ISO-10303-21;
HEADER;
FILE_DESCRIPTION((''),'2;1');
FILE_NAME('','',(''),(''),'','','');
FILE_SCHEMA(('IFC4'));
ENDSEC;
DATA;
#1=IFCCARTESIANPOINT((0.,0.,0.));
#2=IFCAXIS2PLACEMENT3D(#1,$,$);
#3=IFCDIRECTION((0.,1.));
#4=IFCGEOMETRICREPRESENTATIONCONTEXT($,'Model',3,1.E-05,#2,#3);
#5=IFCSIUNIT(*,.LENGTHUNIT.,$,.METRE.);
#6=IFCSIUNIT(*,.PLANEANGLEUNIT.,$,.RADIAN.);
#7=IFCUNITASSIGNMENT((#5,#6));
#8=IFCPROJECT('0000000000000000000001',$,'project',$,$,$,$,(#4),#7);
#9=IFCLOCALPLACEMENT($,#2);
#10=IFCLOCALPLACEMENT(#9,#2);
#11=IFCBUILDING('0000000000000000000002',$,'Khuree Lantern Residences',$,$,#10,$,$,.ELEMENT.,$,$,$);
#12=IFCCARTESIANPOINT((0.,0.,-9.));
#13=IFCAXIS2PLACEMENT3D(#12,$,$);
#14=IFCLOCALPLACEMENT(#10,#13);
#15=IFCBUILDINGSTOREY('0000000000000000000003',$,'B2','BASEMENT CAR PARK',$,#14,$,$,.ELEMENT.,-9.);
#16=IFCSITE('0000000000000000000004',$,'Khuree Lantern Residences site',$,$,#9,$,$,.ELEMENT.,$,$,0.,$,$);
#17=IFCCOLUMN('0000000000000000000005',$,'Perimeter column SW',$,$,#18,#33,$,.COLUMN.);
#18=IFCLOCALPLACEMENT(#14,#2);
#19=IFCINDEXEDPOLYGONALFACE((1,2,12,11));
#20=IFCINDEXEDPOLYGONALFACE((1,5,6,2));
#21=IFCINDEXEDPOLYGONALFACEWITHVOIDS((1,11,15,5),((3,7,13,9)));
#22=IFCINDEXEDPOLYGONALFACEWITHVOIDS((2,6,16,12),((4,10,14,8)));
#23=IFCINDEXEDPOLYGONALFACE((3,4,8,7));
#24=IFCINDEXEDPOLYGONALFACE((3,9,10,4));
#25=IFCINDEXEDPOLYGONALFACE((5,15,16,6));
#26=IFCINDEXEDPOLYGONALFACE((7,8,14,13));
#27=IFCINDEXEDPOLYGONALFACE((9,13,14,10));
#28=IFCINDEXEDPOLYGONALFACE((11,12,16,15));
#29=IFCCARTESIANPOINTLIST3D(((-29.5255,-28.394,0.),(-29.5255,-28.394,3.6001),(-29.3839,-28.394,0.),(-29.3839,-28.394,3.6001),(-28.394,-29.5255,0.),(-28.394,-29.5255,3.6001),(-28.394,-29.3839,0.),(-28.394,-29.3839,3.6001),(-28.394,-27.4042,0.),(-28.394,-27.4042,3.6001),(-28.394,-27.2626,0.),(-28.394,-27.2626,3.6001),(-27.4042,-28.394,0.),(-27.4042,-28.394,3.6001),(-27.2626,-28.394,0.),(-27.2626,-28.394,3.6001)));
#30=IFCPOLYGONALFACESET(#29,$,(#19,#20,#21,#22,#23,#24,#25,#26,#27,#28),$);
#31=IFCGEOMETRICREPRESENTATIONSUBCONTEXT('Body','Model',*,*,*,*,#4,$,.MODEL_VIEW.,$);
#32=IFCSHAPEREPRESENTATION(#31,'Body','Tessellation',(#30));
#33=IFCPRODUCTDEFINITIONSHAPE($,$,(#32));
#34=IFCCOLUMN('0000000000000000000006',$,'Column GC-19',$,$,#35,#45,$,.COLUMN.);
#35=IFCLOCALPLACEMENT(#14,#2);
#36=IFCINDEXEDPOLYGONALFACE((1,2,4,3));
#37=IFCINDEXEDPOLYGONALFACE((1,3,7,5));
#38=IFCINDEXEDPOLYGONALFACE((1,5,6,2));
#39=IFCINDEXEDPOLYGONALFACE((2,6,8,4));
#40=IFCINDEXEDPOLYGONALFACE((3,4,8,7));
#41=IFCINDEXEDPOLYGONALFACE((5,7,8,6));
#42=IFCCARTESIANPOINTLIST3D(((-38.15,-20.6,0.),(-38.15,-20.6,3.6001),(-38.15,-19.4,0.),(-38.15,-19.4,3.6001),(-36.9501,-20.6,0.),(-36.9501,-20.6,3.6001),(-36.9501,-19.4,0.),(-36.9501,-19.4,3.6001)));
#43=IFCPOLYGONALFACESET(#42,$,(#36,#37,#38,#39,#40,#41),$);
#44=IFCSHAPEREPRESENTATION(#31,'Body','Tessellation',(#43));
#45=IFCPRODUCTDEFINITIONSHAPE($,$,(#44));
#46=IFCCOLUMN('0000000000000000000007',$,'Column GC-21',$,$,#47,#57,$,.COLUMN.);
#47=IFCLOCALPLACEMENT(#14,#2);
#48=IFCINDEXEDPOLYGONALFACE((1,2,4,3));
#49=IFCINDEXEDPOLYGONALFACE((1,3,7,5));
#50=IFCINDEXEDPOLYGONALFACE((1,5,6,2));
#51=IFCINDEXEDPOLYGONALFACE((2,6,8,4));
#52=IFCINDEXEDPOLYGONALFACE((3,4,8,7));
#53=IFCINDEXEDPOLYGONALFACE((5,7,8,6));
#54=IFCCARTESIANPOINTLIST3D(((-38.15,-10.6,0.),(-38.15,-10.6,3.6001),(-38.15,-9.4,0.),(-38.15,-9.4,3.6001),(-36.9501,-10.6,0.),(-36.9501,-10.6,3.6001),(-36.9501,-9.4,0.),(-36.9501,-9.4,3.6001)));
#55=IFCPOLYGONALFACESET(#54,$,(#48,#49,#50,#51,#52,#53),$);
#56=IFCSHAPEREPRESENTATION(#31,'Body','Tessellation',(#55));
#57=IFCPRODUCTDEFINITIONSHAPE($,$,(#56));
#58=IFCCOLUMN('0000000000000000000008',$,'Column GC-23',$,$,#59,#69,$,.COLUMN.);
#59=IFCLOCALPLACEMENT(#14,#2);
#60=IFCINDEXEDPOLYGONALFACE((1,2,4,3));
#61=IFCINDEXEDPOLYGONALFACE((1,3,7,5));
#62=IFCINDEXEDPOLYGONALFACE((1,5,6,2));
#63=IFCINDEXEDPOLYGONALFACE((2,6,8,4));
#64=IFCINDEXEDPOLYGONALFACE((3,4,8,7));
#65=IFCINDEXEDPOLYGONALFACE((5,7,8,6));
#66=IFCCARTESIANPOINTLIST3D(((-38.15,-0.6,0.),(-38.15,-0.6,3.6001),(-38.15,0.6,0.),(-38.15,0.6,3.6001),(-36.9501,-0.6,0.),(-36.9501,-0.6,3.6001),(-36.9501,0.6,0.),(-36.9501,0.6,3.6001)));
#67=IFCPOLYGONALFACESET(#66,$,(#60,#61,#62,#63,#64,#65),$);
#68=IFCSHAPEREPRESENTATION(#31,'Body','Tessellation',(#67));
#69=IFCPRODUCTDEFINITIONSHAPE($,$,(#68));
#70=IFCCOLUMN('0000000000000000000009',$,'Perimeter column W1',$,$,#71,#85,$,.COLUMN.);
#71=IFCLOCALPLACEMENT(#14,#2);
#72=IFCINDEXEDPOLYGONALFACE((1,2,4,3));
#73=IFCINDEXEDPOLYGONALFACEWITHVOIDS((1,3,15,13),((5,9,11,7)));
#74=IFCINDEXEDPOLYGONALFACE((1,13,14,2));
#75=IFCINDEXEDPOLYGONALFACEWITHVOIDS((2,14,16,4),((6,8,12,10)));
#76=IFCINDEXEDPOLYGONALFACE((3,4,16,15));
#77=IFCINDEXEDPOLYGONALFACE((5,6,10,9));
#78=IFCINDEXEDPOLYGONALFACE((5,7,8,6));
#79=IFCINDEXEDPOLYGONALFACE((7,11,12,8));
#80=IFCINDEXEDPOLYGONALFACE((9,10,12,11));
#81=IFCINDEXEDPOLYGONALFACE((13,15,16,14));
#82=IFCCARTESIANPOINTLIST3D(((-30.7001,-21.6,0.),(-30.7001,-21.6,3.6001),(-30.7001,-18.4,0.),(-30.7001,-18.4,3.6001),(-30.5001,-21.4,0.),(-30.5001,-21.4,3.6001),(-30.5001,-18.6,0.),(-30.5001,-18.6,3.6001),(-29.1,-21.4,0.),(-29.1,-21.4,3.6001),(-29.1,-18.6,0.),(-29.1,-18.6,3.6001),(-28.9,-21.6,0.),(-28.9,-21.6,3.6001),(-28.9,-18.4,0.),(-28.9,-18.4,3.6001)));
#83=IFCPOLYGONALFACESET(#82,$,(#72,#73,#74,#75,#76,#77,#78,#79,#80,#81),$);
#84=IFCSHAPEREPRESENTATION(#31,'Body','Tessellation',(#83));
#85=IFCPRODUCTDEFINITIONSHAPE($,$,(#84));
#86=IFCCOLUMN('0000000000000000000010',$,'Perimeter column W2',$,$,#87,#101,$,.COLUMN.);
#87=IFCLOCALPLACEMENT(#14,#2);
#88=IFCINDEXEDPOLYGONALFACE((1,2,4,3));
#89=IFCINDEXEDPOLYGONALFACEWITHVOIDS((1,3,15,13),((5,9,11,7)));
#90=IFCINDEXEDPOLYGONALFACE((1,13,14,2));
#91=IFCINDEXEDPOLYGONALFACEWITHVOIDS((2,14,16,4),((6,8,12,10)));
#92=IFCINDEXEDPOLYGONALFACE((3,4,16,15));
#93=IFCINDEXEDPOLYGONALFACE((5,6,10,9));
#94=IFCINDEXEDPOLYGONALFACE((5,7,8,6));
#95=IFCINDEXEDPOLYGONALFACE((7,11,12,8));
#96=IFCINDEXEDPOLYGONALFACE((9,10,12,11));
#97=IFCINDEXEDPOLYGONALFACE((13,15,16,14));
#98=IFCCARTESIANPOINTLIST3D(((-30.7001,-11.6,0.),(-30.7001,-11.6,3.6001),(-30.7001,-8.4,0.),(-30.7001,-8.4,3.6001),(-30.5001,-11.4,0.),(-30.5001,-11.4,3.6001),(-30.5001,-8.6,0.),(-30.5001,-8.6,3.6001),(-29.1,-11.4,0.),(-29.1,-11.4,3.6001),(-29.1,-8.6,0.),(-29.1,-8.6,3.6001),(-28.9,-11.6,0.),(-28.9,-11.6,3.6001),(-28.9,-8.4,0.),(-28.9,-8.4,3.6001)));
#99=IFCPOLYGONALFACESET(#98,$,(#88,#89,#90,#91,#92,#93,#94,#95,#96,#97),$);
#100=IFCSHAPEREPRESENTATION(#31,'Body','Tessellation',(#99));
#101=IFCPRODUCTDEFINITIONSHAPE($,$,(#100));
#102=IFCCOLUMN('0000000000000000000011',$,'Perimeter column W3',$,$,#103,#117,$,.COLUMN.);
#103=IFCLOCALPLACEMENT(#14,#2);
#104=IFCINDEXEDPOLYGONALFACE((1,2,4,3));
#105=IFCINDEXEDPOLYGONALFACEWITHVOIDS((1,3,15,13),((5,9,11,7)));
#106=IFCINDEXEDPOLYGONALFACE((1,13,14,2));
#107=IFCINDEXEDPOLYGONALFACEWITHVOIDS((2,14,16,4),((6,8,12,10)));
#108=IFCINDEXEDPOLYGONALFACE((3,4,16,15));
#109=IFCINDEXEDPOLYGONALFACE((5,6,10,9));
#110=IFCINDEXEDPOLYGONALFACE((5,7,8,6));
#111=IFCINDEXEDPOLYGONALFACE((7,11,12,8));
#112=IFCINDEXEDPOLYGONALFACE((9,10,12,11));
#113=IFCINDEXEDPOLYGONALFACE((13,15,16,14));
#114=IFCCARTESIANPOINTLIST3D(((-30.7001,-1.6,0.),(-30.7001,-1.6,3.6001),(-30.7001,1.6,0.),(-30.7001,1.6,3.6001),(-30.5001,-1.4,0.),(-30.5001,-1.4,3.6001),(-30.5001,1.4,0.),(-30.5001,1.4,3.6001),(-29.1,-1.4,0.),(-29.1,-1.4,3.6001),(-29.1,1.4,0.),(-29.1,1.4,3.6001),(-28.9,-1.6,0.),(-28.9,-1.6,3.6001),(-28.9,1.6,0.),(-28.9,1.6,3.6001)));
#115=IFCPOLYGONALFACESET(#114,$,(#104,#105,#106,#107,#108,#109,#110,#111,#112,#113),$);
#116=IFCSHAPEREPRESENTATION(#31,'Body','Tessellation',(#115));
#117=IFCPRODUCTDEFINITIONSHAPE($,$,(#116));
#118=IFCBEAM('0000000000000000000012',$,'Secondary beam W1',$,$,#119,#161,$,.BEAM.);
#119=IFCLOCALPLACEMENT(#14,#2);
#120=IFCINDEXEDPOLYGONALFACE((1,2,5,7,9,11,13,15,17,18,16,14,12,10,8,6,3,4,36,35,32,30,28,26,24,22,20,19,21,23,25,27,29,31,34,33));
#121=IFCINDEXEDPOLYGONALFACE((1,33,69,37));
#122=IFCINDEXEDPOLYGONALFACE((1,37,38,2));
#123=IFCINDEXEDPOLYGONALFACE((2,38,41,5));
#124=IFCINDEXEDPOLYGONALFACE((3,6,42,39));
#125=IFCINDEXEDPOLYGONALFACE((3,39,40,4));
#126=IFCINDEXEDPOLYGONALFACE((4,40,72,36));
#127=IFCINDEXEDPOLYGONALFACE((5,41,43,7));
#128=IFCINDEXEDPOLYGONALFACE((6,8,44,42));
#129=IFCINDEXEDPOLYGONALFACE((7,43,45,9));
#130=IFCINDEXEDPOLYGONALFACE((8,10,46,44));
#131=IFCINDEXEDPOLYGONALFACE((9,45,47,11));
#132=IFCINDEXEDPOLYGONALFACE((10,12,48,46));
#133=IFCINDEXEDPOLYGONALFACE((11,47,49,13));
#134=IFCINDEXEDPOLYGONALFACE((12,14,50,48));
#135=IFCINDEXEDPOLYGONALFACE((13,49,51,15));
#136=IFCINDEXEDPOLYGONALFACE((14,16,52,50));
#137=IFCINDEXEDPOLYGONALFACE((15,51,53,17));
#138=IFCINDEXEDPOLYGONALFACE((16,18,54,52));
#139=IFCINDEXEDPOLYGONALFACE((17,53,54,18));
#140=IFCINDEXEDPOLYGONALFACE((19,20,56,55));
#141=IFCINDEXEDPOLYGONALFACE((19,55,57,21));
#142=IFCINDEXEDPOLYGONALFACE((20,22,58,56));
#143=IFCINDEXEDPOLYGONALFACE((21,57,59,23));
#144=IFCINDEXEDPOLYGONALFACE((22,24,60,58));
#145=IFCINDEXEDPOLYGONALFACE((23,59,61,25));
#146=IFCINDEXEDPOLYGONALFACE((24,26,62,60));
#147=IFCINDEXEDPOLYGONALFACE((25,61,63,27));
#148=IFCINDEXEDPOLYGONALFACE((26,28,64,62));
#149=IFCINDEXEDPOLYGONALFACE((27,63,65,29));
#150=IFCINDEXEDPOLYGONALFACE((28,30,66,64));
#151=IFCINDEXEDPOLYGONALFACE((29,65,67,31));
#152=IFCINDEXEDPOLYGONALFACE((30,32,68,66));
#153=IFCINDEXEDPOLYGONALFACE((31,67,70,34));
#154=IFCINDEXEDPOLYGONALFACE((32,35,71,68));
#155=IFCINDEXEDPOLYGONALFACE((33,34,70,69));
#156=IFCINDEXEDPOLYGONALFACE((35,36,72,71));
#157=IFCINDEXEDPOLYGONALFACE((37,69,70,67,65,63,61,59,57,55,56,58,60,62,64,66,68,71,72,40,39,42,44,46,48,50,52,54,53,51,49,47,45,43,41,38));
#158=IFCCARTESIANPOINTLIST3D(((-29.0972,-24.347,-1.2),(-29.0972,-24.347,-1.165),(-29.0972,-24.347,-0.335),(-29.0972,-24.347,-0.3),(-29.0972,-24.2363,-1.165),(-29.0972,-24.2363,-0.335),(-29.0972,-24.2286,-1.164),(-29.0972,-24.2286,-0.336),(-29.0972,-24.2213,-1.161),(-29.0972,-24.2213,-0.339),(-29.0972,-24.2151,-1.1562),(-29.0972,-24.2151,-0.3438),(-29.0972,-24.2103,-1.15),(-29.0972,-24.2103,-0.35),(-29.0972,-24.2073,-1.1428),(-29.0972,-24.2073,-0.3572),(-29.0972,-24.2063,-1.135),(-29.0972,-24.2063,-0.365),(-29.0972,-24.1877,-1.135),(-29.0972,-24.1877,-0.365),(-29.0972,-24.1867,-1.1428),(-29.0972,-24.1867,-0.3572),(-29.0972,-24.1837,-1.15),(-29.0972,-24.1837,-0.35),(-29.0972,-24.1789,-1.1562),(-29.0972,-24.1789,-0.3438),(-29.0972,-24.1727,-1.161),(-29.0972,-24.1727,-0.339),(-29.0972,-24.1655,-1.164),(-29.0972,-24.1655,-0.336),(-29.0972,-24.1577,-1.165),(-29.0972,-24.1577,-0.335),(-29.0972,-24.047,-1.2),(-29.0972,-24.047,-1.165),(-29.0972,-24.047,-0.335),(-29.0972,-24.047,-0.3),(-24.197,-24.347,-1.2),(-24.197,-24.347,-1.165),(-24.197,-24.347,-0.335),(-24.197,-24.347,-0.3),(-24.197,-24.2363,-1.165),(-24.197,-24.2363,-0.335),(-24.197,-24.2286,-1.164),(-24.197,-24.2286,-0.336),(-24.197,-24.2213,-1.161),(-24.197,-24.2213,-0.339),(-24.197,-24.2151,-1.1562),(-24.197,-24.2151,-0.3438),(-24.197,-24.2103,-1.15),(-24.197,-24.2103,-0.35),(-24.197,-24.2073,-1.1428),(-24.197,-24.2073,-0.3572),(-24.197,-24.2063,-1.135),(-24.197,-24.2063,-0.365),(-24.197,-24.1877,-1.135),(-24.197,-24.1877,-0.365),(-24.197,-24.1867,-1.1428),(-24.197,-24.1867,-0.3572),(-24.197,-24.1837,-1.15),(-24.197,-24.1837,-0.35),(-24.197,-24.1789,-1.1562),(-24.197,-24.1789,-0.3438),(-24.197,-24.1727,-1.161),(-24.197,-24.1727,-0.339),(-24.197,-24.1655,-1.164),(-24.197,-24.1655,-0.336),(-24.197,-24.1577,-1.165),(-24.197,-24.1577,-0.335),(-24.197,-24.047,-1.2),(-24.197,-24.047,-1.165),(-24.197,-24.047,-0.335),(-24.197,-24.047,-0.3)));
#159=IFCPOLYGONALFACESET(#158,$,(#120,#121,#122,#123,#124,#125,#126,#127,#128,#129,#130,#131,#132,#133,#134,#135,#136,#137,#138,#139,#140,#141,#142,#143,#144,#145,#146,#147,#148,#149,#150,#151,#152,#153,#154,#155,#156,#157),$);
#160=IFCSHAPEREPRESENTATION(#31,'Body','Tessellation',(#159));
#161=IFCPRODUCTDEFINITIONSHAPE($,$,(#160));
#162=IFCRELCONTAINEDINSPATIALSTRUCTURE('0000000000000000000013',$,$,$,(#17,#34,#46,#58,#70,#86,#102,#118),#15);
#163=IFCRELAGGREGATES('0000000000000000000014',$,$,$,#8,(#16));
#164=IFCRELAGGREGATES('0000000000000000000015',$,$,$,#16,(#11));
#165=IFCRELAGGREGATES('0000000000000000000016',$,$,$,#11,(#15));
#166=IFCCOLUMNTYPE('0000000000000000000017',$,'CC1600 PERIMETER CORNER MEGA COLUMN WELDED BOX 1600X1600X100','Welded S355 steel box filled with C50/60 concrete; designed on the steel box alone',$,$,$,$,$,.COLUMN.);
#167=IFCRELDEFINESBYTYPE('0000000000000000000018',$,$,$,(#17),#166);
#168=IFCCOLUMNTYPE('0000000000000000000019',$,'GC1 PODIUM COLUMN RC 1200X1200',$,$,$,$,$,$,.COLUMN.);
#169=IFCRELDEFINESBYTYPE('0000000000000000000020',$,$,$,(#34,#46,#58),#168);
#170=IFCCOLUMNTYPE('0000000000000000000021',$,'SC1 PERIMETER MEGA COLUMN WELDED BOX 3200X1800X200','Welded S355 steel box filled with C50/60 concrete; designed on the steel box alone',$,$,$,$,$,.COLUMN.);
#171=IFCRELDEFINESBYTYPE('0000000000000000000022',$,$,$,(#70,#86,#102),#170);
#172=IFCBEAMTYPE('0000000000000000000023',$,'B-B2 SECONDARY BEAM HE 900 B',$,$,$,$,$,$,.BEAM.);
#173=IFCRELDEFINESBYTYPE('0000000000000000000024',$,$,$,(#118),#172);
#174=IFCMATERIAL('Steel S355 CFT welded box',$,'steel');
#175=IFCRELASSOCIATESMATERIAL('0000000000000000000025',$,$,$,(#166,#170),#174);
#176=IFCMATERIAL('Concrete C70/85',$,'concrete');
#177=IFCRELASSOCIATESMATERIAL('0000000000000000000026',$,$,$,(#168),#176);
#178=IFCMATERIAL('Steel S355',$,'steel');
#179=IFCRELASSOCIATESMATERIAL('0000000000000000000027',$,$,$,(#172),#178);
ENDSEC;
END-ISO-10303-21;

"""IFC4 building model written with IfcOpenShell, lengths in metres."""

from ifc_helpers import new_model, si_unit, direction, frame, origin, origin_2d, place, context, subcontext, project, spatial, rectangle, hollow_rectangle, i_section, extrude, material, material_profile, profile_set, type_object, element, save


model = new_model("IFC4")

# Units and contexts
model_context = context("Model", 3, precision=1e-05, world=origin(), true_north=direction((0.0, 1.0)))
body_context = subcontext(model_context, "Body", "Model", "MODEL_VIEW")
ifc_project = project(units=[si_unit("LENGTHUNIT", "METRE"), si_unit("PLANEANGLEUNIT", "RADIAN")], contexts=[model_context])

# Site, building, storey
site_placement = place(None, origin())
site = spatial("IfcSite", under=ifc_project, at=site_placement, Name="Khuree Lantern Residences site", CompositionType="ELEMENT", RefElevation=0.0)
building_placement = place(site_placement, origin())
building = spatial("IfcBuilding", under=site, at=building_placement, Name="Khuree Lantern Residences", CompositionType="ELEMENT")
storey_placement = place(building_placement, frame((0.0, 0.0, -9.0)))
storey = spatial("IfcBuildingStorey", under=building, at=storey_placement, Name="B2", Description="BASEMENT CAR PARK", CompositionType="ELEMENT", Elevation=-9.0)

# Columns
ifc_material_1 = material(Name="Steel S355 CFT welded box", Category="steel")
ifc_material_profile_1 = material_profile(ifc_material_1, hollow_rectangle(XDim=1.6001, YDim=1.6001, WallThickness=0.1001, at=origin_2d()), Name="WELDED BOX 1600X1600X100")
ifc_profile_set_1 = profile_set([ifc_material_profile_1], Name="Steel S355 CFT welded box")
column_type_1 = type_object("IfcColumnType", Name="CC1600 PERIMETER CORNER MEGA COLUMN WELDED BOX 1600X1600X100", Description="Welded S355 steel box filled with C50/60 concrete; designed on the steel box alone", PredefinedType="COLUMN", material=ifc_profile_set_1)
column_placement = place(storey_placement, frame((-28.394, -28.394, 0.0), z_axis=(0.0, 0.0, 1.0), x_axis=(0.707107, -0.707107, 0.0)))
element("IfcColumn", 1, at=column_placement, inside=storey, type_object=column_type_1, Name="Perimeter column SW", PredefinedType="COLUMN", context=body_context, shape_type="SweptSolid", body=[
    extrude(hollow_rectangle(XDim=1.6001, YDim=1.6001, WallThickness=0.1001, at=origin_2d()), origin(), (0.0, 0.0, 1.0), 3.6001),
])
ifc_material_2 = material(Name="Concrete C70/85", Category="concrete")
ifc_material_profile_2 = material_profile(ifc_material_2, rectangle(XDim=1.2, YDim=1.2, at=origin_2d()), Name="RC 1200X1200")
ifc_profile_set_2 = profile_set([ifc_material_profile_2], Name="Concrete C70/85")
column_type_2 = type_object("IfcColumnType", Name="GC1 PODIUM COLUMN RC 1200X1200", PredefinedType="COLUMN", material=ifc_profile_set_2)
for number, where, z_axis, x_axis, name in (
    (2, (-37.55, -20.0, 0.0), (0.0, 0.0, 1.0), (1.0, 0.0, 0.0), "Column GC-19"),
    (3, (-37.55, -10.0, 0.0), (0.0, 0.0, 1.0), (1.0, 0.0, 0.0), "Column GC-21"),
    (4, (-37.55, 0.0, 0.0), (0.0, 0.0, 1.0), (1.0, 0.0, 0.0), "Column GC-23"),
):
    element("IfcColumn", number, at=place(storey_placement, frame(where, z_axis=z_axis, x_axis=x_axis)), inside=storey, type_object=column_type_2, Name=name, PredefinedType="COLUMN", context=body_context, shape_type="SweptSolid", body=[
        extrude(rectangle(XDim=1.2, YDim=1.2, at=origin_2d()), origin(), (0.0, 0.0, 1.0), 3.6001),
    ])
ifc_material_profile_3 = material_profile(ifc_material_1, hollow_rectangle(XDim=3.2, YDim=1.8, WallThickness=0.2, at=origin_2d()), Name="WELDED BOX 3200X1800X200")
ifc_profile_set_3 = profile_set([ifc_material_profile_3], Name="Steel S355 CFT welded box")
column_type_3 = type_object("IfcColumnType", Name="SC1 PERIMETER MEGA COLUMN WELDED BOX 3200X1800X200", Description="Welded S355 steel box filled with C50/60 concrete; designed on the steel box alone", PredefinedType="COLUMN", material=ifc_profile_set_3)
for number, where, z_axis, x_axis, name in (
    (5, (-29.8, -20.0, 0.0), (0.0, 0.0, 1.0), (0.0, 1.0, 0.0), "Perimeter column W1"),
    (6, (-29.8, -10.0, 0.0), (0.0, 0.0, 1.0), (0.0, 1.0, 0.0), "Perimeter column W2"),
    (7, (-29.8, 0.0, 0.0), (0.0, 0.0, 1.0), (0.0, 1.0, 0.0), "Perimeter column W3"),
):
    element("IfcColumn", number, at=place(storey_placement, frame(where, z_axis=z_axis, x_axis=x_axis)), inside=storey, type_object=column_type_3, Name=name, PredefinedType="COLUMN", context=body_context, shape_type="SweptSolid", body=[
        extrude(hollow_rectangle(XDim=3.2, YDim=1.8, WallThickness=0.2, at=origin_2d()), origin(), (0.0, 0.0, 1.0), 3.6001),
    ])

# Beam
ifc_material_3 = material(Name="Steel S355", Category="steel")
ifc_material_profile_4 = material_profile(ifc_material_3, i_section(OverallWidth=0.3, OverallDepth=0.8999, WebThickness=0.0186, FlangeThickness=0.0349, FilletRadius=0.03, at=origin_2d()), Name="HE 900 B")
ifc_profile_set_4 = profile_set([ifc_material_profile_4], Name="Steel S355")
beam_type_1 = type_object("IfcBeamType", Name="B-B2 SECONDARY BEAM HE 900 B", PredefinedType="BEAM", material=ifc_profile_set_4)
beam_1_placement = place(storey_placement, frame((-29.0972, -24.197, -0.75), z_axis=(1.0, 0.0, 0.0), x_axis=(0.0, 1.0, 0.0)))
element("IfcBeam", 8, at=beam_1_placement, inside=storey, type_object=beam_type_1, Name="Secondary beam W1", PredefinedType="BEAM", context=body_context, shape_type="SweptSolid", body=[
    extrude(i_section(OverallWidth=0.3, OverallDepth=0.8999, WebThickness=0.0186, FlangeThickness=0.0349, FilletRadius=0.03, at=origin_2d()), origin(), (0.0, 0.0, 1.0), 4.9001),
])

save(model, "model.ifc")
